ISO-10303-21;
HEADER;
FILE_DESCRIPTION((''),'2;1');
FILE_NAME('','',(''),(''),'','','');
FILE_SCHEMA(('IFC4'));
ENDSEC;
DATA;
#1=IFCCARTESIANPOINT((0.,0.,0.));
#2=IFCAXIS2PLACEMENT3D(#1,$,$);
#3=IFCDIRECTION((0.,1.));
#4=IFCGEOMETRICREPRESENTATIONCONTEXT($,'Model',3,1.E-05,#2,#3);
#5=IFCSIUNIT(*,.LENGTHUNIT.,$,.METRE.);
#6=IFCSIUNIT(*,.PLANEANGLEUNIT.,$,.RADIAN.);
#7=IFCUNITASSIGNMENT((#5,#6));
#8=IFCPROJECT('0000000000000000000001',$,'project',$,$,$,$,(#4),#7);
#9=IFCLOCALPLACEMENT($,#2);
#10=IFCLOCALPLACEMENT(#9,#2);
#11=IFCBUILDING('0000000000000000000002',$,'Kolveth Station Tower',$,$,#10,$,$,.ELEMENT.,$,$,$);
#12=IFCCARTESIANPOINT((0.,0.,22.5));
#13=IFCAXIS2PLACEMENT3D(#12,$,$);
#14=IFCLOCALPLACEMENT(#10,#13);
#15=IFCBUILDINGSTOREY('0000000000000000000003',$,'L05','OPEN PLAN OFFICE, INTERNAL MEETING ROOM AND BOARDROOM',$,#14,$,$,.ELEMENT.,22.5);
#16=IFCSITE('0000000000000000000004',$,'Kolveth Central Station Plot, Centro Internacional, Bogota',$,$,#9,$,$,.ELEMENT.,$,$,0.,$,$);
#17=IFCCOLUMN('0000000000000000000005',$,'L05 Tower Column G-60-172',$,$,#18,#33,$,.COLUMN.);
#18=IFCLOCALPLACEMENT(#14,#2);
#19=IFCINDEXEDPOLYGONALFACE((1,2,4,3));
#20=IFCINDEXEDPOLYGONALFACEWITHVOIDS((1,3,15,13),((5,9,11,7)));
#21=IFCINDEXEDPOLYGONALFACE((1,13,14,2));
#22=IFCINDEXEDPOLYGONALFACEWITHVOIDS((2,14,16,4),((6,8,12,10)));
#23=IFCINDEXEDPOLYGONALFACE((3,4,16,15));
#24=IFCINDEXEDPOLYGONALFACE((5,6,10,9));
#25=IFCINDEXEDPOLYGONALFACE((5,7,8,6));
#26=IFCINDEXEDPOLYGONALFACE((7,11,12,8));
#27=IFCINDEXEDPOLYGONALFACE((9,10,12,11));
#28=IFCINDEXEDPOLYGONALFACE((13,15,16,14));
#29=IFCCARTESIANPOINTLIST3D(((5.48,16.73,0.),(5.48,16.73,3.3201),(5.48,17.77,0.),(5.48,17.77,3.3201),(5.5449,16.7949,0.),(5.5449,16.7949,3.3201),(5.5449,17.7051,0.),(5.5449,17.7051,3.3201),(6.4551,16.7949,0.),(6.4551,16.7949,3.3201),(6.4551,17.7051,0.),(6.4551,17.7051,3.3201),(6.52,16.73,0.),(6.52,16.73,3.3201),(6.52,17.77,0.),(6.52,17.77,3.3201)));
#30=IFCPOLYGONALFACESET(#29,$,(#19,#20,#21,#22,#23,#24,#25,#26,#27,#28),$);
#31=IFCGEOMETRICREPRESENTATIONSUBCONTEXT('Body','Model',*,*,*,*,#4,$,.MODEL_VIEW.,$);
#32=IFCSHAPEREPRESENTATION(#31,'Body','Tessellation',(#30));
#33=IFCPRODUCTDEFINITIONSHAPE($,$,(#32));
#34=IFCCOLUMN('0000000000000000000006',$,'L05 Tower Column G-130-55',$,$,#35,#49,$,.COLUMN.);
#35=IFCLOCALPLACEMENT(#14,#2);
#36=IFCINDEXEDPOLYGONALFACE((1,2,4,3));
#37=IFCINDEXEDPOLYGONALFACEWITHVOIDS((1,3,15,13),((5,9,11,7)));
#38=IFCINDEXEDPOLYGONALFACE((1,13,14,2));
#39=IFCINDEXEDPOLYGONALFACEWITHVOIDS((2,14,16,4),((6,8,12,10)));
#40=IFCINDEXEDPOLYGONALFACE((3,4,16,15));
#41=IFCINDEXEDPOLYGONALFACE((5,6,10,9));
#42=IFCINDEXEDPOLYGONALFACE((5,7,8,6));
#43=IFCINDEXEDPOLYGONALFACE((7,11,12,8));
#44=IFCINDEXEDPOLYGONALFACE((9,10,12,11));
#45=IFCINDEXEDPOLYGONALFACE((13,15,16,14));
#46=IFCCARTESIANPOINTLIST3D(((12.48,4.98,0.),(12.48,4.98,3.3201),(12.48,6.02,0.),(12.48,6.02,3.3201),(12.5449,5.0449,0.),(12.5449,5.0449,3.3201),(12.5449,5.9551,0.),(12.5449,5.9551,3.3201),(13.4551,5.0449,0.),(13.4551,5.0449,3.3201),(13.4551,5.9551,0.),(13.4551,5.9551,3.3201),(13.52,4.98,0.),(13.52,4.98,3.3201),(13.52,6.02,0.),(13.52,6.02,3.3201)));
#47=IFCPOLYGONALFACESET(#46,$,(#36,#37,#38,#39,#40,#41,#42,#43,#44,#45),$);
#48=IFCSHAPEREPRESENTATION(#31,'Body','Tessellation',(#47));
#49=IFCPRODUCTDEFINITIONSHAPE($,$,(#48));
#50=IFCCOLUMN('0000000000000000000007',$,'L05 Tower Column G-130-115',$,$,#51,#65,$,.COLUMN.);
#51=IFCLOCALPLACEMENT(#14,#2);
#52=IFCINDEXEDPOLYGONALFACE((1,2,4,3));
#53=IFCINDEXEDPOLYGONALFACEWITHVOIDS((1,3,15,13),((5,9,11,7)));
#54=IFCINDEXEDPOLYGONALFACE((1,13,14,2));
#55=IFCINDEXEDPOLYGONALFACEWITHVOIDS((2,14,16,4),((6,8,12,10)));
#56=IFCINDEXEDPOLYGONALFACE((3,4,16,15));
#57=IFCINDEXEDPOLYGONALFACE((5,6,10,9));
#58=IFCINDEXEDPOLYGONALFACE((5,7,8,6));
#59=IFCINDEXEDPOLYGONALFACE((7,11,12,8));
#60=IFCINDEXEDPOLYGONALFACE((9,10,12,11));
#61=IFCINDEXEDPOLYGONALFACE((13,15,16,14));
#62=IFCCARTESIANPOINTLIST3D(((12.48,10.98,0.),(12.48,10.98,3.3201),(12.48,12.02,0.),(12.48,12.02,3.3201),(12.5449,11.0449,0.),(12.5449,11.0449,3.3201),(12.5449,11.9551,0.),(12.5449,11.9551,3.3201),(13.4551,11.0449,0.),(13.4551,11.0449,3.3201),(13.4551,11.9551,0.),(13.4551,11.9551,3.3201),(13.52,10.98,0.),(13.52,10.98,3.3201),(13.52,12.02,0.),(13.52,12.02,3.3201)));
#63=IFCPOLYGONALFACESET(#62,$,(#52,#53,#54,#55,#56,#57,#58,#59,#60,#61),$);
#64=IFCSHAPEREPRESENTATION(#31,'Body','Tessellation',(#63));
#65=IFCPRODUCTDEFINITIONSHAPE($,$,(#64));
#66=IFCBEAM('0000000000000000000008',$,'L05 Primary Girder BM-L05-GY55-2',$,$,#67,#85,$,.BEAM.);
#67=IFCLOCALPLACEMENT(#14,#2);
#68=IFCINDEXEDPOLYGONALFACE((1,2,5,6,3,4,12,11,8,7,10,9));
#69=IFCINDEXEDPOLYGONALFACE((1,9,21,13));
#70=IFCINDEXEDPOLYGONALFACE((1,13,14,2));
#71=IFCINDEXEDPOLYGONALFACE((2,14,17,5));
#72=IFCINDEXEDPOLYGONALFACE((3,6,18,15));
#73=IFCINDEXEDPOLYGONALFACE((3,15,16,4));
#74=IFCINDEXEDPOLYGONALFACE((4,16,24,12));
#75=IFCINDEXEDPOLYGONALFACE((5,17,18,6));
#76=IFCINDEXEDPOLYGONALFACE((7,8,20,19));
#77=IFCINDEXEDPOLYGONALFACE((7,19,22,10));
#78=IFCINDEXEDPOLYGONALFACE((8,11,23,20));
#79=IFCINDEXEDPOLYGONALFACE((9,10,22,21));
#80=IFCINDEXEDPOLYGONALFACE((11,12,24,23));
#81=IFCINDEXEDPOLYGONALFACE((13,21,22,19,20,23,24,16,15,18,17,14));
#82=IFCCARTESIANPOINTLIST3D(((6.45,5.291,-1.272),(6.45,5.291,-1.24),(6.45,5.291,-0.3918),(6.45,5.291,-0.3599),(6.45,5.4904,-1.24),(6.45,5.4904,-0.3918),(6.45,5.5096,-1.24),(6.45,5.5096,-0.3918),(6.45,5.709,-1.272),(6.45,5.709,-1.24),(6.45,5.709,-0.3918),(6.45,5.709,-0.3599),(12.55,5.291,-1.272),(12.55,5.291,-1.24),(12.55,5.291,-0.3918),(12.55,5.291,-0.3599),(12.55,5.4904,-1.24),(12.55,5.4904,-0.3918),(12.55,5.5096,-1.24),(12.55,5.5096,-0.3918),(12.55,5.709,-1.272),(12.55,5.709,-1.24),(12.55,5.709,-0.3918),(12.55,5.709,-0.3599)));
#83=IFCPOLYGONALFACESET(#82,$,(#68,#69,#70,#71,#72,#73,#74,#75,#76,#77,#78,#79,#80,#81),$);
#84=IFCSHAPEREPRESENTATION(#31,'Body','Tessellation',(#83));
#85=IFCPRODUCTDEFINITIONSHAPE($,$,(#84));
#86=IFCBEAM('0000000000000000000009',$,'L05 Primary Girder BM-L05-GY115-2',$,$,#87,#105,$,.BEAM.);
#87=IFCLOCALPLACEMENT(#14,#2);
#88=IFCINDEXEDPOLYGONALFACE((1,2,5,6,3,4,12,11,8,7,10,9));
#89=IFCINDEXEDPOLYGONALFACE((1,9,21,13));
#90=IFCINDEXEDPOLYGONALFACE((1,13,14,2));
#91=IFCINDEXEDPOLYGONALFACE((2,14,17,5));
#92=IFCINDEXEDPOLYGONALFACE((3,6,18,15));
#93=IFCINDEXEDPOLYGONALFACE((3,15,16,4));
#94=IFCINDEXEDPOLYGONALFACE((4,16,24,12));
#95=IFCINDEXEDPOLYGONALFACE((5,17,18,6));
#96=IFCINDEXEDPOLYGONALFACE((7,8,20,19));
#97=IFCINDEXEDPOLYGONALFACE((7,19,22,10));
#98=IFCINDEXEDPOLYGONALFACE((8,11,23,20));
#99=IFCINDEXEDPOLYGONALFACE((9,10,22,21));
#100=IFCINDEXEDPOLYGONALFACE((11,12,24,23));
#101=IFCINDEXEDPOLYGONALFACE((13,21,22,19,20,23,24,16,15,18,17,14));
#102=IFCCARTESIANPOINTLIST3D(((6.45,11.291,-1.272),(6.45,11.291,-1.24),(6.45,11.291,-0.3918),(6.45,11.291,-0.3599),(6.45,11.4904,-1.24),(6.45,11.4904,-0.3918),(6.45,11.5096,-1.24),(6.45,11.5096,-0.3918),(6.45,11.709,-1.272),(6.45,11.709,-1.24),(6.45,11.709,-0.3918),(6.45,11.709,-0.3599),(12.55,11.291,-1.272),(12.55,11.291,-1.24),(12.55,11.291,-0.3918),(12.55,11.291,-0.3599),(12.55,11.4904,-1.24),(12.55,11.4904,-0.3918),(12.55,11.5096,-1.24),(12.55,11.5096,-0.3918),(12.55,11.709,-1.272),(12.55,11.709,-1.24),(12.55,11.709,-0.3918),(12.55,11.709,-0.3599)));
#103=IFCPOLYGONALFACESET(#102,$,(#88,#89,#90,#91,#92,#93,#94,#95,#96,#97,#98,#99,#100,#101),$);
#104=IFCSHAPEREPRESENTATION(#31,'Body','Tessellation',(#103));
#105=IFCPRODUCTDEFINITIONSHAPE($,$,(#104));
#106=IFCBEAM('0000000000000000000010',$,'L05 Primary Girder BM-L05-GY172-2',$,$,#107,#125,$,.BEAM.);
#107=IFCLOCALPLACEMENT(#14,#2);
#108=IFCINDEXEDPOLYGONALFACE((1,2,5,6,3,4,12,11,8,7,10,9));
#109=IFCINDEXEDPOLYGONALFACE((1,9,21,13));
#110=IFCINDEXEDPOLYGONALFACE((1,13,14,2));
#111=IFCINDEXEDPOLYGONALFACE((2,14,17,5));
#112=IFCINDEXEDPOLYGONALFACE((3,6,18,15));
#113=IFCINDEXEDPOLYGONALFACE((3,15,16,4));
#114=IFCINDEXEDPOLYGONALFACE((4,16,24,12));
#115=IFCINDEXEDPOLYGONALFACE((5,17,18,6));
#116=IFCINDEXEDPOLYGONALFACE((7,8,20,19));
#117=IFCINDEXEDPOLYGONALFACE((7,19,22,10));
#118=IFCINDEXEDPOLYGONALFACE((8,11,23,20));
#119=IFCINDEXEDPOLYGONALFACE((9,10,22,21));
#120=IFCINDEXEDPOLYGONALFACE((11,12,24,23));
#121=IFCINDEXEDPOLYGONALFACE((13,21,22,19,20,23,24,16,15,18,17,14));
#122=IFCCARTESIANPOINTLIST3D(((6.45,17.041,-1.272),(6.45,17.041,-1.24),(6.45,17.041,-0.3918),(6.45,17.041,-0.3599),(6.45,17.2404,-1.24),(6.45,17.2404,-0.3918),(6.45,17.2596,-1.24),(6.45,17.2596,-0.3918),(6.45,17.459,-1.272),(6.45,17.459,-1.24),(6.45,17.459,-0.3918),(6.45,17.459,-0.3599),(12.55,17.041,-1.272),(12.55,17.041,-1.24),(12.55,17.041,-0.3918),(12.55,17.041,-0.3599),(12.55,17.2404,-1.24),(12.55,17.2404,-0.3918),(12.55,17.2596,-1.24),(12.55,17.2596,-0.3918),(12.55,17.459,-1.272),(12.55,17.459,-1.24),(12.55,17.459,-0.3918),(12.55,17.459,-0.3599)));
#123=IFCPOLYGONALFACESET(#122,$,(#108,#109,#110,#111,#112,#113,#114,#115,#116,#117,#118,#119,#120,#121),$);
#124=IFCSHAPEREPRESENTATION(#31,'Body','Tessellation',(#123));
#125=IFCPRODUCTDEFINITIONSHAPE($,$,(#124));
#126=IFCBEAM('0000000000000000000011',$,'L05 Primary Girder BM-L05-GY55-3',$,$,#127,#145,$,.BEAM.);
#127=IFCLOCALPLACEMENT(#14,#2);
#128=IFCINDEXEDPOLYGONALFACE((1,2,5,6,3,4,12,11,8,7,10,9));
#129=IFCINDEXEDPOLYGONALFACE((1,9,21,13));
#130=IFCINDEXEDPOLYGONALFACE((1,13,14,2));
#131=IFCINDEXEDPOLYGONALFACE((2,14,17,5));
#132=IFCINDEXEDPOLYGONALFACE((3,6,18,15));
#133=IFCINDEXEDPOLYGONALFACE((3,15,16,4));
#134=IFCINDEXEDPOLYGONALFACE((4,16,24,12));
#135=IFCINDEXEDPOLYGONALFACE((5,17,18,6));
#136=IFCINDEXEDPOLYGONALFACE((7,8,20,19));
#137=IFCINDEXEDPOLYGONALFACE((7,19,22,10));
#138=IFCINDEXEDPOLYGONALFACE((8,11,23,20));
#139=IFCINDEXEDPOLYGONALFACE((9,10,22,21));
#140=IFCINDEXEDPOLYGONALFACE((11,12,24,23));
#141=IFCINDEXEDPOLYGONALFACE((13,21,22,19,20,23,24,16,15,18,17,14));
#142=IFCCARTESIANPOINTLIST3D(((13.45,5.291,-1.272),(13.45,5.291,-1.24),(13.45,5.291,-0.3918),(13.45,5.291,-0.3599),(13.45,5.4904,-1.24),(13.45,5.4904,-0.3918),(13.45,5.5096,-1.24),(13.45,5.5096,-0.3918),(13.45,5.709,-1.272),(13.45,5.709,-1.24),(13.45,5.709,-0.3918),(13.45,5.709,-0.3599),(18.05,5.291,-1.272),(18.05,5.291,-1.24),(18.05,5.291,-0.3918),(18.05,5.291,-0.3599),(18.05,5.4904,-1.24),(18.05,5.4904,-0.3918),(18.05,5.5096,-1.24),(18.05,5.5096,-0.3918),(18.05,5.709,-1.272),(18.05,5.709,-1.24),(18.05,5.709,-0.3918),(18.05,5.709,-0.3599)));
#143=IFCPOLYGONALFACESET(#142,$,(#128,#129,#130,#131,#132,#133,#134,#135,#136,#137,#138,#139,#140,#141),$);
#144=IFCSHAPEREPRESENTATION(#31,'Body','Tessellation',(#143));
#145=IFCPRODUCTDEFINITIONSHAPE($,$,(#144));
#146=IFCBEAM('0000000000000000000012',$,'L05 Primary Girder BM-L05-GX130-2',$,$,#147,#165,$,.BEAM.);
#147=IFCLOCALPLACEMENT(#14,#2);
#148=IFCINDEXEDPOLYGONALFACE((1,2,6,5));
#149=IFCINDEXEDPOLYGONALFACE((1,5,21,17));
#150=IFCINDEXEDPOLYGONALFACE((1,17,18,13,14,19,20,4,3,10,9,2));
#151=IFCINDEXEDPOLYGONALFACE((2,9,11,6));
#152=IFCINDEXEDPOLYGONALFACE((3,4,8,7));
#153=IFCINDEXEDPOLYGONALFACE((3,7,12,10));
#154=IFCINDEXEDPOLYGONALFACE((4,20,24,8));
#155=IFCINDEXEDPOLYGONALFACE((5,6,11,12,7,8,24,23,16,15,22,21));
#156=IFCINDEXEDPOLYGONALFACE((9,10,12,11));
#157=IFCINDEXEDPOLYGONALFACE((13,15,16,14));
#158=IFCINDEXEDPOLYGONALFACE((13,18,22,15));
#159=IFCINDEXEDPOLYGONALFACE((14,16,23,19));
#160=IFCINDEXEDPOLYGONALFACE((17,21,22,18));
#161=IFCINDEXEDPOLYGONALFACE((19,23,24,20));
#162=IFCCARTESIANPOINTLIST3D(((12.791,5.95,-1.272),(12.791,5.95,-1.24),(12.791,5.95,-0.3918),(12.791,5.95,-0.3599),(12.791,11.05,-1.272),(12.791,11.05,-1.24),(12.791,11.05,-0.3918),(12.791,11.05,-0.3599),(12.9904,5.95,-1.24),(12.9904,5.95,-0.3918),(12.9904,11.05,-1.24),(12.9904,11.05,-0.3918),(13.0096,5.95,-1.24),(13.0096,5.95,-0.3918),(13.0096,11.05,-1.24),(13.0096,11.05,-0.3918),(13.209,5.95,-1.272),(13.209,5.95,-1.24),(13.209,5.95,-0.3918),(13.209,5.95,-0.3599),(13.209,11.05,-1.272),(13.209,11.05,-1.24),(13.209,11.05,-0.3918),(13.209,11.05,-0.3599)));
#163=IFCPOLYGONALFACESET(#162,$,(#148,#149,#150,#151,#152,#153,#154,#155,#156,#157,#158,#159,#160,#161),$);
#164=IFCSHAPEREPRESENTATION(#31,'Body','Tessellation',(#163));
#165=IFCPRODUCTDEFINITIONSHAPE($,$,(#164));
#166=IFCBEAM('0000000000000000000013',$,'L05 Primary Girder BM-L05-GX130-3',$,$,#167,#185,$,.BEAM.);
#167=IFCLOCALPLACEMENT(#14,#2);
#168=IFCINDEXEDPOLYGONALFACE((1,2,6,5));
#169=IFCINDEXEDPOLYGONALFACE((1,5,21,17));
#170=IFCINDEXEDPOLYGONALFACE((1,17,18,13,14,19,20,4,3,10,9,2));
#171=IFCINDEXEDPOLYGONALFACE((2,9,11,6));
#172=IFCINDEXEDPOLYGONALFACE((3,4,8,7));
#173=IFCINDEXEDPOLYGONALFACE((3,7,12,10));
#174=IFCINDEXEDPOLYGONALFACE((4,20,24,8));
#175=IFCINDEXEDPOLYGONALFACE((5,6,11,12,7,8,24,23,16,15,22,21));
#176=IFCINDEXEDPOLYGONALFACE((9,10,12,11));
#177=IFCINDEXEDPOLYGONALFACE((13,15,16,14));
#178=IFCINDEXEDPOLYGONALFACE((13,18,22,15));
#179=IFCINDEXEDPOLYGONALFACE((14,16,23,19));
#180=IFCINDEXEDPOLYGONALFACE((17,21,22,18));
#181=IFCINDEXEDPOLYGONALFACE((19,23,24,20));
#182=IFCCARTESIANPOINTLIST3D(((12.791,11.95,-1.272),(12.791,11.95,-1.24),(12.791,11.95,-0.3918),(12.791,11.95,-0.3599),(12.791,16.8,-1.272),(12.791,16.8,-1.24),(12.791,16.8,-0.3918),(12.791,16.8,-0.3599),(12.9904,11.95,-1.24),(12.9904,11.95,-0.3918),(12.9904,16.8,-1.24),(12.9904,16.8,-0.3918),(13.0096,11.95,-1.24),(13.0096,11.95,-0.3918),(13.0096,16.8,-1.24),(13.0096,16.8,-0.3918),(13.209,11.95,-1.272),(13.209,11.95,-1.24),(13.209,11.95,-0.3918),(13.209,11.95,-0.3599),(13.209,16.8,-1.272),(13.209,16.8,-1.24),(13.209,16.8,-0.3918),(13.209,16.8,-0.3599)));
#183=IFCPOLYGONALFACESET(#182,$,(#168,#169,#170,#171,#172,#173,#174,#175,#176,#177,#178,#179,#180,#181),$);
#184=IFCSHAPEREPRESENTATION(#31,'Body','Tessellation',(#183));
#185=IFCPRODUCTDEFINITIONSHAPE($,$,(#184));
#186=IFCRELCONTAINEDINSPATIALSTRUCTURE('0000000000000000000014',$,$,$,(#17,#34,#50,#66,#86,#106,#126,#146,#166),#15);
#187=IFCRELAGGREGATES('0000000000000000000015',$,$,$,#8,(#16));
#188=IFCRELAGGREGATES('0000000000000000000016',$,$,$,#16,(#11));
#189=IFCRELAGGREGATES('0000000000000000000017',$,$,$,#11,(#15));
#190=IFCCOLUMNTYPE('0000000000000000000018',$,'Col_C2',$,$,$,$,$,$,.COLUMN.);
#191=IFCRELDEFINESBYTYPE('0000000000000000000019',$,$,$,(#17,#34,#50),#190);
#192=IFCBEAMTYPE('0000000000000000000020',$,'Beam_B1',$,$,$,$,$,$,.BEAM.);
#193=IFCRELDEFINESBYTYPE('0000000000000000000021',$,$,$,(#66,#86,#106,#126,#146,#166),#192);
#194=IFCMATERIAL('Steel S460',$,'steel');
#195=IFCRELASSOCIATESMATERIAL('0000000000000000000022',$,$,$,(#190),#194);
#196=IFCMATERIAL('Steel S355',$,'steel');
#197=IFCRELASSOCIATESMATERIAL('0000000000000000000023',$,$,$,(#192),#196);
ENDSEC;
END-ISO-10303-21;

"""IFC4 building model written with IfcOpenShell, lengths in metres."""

from ifc_helpers import new_model, si_unit, direction, frame, origin, origin_2d, place, context, subcontext, project, spatial, hollow_rectangle, i_section, extrude, source, transform, mapped, material, material_profile, profile_set, type_object, element, save


model = new_model("IFC4")

# Units and contexts
model_context = context("Model", 3, precision=1e-05, world=origin(), true_north=direction((0.0, 1.0)))
body_context = subcontext(model_context, "Body", "Model", "MODEL_VIEW")
ifc_project = project(units=[si_unit("LENGTHUNIT", "METRE"), si_unit("PLANEANGLEUNIT", "RADIAN")], contexts=[model_context])

# Site, building, storey
site_placement = place(None, origin())
site = spatial("IfcSite", under=ifc_project, at=site_placement, Name="Kolveth Central Station Plot, Centro Internacional, Bogota", CompositionType="ELEMENT", RefElevation=0.0)
building_placement = place(site_placement, origin())
building = spatial("IfcBuilding", under=site, at=building_placement, Name="Kolveth Station Tower", CompositionType="ELEMENT")
storey_placement = place(building_placement, frame((0.0, 0.0, 22.5)))
storey = spatial("IfcBuildingStorey", under=building, at=storey_placement, Name="L05", Description="OPEN PLAN OFFICE, INTERNAL MEETING ROOM AND BOARDROOM", CompositionType="ELEMENT", Elevation=22.5)

# Columns
ifc_material_1 = material(Name="Steel S460", Category="steel")
ifc_material_profile_1 = material_profile(ifc_material_1, hollow_rectangle(XDim=1.04, YDim=1.04, WallThickness=0.0649, at=origin_2d()), Name="BOX1040x1040x65")
ifc_profile_set_1 = profile_set([ifc_material_profile_1], Name="Steel S460")
column_type = type_object("IfcColumnType", Name="Col_C2", PredefinedType="COLUMN", material=ifc_profile_set_1)
shared_shape_1 = source(origin(), body_context, "Body", "SweptSolid", [
    extrude(hollow_rectangle(XDim=1.04, YDim=1.04, WallThickness=0.0649, at=origin_2d()), origin(), (0.0, 0.0, 1.0), 3.3201),
])
for number, where, z_axis, x_axis, name in (
    (1, (6.0, 17.25, 0.0), (0.0, 0.0, 1.0), (1.0, 0.0, 0.0), "L05 Tower Column G-60-172"),
    (2, (13.0, 5.5, 0.0), (0.0, 0.0, 1.0), (1.0, 0.0, 0.0), "L05 Tower Column G-130-55"),
    (3, (13.0, 11.5, 0.0), (0.0, 0.0, 1.0), (1.0, 0.0, 0.0), "L05 Tower Column G-130-115"),
):
    element("IfcColumn", number, at=place(storey_placement, frame(where, z_axis=z_axis, x_axis=x_axis)), inside=storey, type_object=column_type, Name=name, PredefinedType="COLUMN", context=body_context, shape_type="MappedRepresentation", body=[
        mapped(shared_shape_1, transform((0.0, 0.0, 0.0), x_axis=(1.0, 0.0, 0.0), y_axis=(0.0, 1.0, 0.0), z_axis=(0.0, 0.0, 1.0), scale=1.0)),
    ])

# Beams
ifc_material_2 = material(Name="Steel S355", Category="steel")
ifc_material_profile_2 = material_profile(ifc_material_2, i_section(OverallWidth=0.418, OverallDepth=0.9121, WebThickness=0.0193, FlangeThickness=0.032, at=origin_2d()), Name="W920x342")
ifc_profile_set_2 = profile_set([ifc_material_profile_2], Name="Steel S355")
beam_type_1 = type_object("IfcBeamType", Name="Beam_B1", PredefinedType="BEAM", material=ifc_profile_set_2)
shared_shape_2 = source(origin(), body_context, "Body", "SweptSolid", [
    extrude(i_section(OverallWidth=0.418, OverallDepth=0.9121, WebThickness=0.0193, FlangeThickness=0.032, at=origin_2d()), origin(), (0.0, 0.0, 1.0), 6.1001),
])
for number, where, z_axis, x_axis, name in (
    (4, (6.45, 5.5, -0.8159), (1.0, 0.0, 0.0), (0.0, 1.0, 0.0), "L05 Primary Girder BM-L05-GY55-2"),
    (5, (6.45, 11.5, -0.8159), (1.0, 0.0, 0.0), (0.0, 1.0, 0.0), "L05 Primary Girder BM-L05-GY115-2"),
    (6, (6.45, 17.25, -0.8159), (1.0, 0.0, 0.0), (0.0, 1.0, 0.0), "L05 Primary Girder BM-L05-GY172-2"),
):
    element("IfcBeam", number, at=place(storey_placement, frame(where, z_axis=z_axis, x_axis=x_axis)), inside=storey, type_object=beam_type_1, Name=name, PredefinedType="BEAM", context=body_context, shape_type="MappedRepresentation", body=[
        mapped(shared_shape_2, transform((0.0, 0.0, 0.0), x_axis=(1.0, 0.0, 0.0), y_axis=(0.0, 1.0, 0.0), z_axis=(0.0, 0.0, 1.0), scale=1.0)),
    ])
shared_shape_3 = source(origin(), body_context, "Body", "SweptSolid", [
    extrude(i_section(OverallWidth=0.418, OverallDepth=0.9121, WebThickness=0.0193, FlangeThickness=0.032, at=origin_2d()), origin(), (0.0, 0.0, 1.0), 4.6001),
])
beam_1_placement = place(storey_placement, frame((13.45, 5.5, -0.8159), z_axis=(1.0, 0.0, 0.0), x_axis=(0.0, 1.0, 0.0)))
element("IfcBeam", 7, at=beam_1_placement, inside=storey, type_object=beam_type_1, Name="L05 Primary Girder BM-L05-GY55-3", PredefinedType="BEAM", context=body_context, shape_type="MappedRepresentation", body=[
    mapped(shared_shape_3, transform((0.0, 0.0, 0.0), x_axis=(1.0, 0.0, 0.0), y_axis=(0.0, 1.0, 0.0), z_axis=(0.0, 0.0, 1.0), scale=1.0)),
])
shared_shape_4 = source(origin(), body_context, "Body", "SweptSolid", [
    extrude(i_section(OverallWidth=0.418, OverallDepth=0.9121, WebThickness=0.0193, FlangeThickness=0.032, at=origin_2d()), origin(), (0.0, 0.0, 1.0), 5.1001),
])
beam_2_placement = place(storey_placement, frame((13.0, 5.95, -0.8159), z_axis=(0.0, 1.0, 0.0), x_axis=(-1.0, 0.0, 0.0)))
element("IfcBeam", 8, at=beam_2_placement, inside=storey, type_object=beam_type_1, Name="L05 Primary Girder BM-L05-GX130-2", PredefinedType="BEAM", context=body_context, shape_type="MappedRepresentation", body=[
    mapped(shared_shape_4, transform((0.0, 0.0, 0.0), x_axis=(1.0, 0.0, 0.0), y_axis=(0.0, 1.0, 0.0), z_axis=(0.0, 0.0, 1.0), scale=1.0)),
])
shared_shape_5 = source(origin(), body_context, "Body", "SweptSolid", [
    extrude(i_section(OverallWidth=0.418, OverallDepth=0.9121, WebThickness=0.0193, FlangeThickness=0.032, at=origin_2d()), origin(), (0.0, 0.0, 1.0), 4.8501),
])
beam_3_placement = place(storey_placement, frame((13.0, 11.95, -0.8159), z_axis=(0.0, 1.0, 0.0), x_axis=(-1.0, 0.0, 0.0)))
element("IfcBeam", 9, at=beam_3_placement, inside=storey, type_object=beam_type_1, Name="L05 Primary Girder BM-L05-GX130-3", PredefinedType="BEAM", context=body_context, shape_type="MappedRepresentation", body=[
    mapped(shared_shape_5, transform((0.0, 0.0, 0.0), x_axis=(1.0, 0.0, 0.0), y_axis=(0.0, 1.0, 0.0), z_axis=(0.0, 0.0, 1.0), scale=1.0)),
])

save(model, "model.ifc")
